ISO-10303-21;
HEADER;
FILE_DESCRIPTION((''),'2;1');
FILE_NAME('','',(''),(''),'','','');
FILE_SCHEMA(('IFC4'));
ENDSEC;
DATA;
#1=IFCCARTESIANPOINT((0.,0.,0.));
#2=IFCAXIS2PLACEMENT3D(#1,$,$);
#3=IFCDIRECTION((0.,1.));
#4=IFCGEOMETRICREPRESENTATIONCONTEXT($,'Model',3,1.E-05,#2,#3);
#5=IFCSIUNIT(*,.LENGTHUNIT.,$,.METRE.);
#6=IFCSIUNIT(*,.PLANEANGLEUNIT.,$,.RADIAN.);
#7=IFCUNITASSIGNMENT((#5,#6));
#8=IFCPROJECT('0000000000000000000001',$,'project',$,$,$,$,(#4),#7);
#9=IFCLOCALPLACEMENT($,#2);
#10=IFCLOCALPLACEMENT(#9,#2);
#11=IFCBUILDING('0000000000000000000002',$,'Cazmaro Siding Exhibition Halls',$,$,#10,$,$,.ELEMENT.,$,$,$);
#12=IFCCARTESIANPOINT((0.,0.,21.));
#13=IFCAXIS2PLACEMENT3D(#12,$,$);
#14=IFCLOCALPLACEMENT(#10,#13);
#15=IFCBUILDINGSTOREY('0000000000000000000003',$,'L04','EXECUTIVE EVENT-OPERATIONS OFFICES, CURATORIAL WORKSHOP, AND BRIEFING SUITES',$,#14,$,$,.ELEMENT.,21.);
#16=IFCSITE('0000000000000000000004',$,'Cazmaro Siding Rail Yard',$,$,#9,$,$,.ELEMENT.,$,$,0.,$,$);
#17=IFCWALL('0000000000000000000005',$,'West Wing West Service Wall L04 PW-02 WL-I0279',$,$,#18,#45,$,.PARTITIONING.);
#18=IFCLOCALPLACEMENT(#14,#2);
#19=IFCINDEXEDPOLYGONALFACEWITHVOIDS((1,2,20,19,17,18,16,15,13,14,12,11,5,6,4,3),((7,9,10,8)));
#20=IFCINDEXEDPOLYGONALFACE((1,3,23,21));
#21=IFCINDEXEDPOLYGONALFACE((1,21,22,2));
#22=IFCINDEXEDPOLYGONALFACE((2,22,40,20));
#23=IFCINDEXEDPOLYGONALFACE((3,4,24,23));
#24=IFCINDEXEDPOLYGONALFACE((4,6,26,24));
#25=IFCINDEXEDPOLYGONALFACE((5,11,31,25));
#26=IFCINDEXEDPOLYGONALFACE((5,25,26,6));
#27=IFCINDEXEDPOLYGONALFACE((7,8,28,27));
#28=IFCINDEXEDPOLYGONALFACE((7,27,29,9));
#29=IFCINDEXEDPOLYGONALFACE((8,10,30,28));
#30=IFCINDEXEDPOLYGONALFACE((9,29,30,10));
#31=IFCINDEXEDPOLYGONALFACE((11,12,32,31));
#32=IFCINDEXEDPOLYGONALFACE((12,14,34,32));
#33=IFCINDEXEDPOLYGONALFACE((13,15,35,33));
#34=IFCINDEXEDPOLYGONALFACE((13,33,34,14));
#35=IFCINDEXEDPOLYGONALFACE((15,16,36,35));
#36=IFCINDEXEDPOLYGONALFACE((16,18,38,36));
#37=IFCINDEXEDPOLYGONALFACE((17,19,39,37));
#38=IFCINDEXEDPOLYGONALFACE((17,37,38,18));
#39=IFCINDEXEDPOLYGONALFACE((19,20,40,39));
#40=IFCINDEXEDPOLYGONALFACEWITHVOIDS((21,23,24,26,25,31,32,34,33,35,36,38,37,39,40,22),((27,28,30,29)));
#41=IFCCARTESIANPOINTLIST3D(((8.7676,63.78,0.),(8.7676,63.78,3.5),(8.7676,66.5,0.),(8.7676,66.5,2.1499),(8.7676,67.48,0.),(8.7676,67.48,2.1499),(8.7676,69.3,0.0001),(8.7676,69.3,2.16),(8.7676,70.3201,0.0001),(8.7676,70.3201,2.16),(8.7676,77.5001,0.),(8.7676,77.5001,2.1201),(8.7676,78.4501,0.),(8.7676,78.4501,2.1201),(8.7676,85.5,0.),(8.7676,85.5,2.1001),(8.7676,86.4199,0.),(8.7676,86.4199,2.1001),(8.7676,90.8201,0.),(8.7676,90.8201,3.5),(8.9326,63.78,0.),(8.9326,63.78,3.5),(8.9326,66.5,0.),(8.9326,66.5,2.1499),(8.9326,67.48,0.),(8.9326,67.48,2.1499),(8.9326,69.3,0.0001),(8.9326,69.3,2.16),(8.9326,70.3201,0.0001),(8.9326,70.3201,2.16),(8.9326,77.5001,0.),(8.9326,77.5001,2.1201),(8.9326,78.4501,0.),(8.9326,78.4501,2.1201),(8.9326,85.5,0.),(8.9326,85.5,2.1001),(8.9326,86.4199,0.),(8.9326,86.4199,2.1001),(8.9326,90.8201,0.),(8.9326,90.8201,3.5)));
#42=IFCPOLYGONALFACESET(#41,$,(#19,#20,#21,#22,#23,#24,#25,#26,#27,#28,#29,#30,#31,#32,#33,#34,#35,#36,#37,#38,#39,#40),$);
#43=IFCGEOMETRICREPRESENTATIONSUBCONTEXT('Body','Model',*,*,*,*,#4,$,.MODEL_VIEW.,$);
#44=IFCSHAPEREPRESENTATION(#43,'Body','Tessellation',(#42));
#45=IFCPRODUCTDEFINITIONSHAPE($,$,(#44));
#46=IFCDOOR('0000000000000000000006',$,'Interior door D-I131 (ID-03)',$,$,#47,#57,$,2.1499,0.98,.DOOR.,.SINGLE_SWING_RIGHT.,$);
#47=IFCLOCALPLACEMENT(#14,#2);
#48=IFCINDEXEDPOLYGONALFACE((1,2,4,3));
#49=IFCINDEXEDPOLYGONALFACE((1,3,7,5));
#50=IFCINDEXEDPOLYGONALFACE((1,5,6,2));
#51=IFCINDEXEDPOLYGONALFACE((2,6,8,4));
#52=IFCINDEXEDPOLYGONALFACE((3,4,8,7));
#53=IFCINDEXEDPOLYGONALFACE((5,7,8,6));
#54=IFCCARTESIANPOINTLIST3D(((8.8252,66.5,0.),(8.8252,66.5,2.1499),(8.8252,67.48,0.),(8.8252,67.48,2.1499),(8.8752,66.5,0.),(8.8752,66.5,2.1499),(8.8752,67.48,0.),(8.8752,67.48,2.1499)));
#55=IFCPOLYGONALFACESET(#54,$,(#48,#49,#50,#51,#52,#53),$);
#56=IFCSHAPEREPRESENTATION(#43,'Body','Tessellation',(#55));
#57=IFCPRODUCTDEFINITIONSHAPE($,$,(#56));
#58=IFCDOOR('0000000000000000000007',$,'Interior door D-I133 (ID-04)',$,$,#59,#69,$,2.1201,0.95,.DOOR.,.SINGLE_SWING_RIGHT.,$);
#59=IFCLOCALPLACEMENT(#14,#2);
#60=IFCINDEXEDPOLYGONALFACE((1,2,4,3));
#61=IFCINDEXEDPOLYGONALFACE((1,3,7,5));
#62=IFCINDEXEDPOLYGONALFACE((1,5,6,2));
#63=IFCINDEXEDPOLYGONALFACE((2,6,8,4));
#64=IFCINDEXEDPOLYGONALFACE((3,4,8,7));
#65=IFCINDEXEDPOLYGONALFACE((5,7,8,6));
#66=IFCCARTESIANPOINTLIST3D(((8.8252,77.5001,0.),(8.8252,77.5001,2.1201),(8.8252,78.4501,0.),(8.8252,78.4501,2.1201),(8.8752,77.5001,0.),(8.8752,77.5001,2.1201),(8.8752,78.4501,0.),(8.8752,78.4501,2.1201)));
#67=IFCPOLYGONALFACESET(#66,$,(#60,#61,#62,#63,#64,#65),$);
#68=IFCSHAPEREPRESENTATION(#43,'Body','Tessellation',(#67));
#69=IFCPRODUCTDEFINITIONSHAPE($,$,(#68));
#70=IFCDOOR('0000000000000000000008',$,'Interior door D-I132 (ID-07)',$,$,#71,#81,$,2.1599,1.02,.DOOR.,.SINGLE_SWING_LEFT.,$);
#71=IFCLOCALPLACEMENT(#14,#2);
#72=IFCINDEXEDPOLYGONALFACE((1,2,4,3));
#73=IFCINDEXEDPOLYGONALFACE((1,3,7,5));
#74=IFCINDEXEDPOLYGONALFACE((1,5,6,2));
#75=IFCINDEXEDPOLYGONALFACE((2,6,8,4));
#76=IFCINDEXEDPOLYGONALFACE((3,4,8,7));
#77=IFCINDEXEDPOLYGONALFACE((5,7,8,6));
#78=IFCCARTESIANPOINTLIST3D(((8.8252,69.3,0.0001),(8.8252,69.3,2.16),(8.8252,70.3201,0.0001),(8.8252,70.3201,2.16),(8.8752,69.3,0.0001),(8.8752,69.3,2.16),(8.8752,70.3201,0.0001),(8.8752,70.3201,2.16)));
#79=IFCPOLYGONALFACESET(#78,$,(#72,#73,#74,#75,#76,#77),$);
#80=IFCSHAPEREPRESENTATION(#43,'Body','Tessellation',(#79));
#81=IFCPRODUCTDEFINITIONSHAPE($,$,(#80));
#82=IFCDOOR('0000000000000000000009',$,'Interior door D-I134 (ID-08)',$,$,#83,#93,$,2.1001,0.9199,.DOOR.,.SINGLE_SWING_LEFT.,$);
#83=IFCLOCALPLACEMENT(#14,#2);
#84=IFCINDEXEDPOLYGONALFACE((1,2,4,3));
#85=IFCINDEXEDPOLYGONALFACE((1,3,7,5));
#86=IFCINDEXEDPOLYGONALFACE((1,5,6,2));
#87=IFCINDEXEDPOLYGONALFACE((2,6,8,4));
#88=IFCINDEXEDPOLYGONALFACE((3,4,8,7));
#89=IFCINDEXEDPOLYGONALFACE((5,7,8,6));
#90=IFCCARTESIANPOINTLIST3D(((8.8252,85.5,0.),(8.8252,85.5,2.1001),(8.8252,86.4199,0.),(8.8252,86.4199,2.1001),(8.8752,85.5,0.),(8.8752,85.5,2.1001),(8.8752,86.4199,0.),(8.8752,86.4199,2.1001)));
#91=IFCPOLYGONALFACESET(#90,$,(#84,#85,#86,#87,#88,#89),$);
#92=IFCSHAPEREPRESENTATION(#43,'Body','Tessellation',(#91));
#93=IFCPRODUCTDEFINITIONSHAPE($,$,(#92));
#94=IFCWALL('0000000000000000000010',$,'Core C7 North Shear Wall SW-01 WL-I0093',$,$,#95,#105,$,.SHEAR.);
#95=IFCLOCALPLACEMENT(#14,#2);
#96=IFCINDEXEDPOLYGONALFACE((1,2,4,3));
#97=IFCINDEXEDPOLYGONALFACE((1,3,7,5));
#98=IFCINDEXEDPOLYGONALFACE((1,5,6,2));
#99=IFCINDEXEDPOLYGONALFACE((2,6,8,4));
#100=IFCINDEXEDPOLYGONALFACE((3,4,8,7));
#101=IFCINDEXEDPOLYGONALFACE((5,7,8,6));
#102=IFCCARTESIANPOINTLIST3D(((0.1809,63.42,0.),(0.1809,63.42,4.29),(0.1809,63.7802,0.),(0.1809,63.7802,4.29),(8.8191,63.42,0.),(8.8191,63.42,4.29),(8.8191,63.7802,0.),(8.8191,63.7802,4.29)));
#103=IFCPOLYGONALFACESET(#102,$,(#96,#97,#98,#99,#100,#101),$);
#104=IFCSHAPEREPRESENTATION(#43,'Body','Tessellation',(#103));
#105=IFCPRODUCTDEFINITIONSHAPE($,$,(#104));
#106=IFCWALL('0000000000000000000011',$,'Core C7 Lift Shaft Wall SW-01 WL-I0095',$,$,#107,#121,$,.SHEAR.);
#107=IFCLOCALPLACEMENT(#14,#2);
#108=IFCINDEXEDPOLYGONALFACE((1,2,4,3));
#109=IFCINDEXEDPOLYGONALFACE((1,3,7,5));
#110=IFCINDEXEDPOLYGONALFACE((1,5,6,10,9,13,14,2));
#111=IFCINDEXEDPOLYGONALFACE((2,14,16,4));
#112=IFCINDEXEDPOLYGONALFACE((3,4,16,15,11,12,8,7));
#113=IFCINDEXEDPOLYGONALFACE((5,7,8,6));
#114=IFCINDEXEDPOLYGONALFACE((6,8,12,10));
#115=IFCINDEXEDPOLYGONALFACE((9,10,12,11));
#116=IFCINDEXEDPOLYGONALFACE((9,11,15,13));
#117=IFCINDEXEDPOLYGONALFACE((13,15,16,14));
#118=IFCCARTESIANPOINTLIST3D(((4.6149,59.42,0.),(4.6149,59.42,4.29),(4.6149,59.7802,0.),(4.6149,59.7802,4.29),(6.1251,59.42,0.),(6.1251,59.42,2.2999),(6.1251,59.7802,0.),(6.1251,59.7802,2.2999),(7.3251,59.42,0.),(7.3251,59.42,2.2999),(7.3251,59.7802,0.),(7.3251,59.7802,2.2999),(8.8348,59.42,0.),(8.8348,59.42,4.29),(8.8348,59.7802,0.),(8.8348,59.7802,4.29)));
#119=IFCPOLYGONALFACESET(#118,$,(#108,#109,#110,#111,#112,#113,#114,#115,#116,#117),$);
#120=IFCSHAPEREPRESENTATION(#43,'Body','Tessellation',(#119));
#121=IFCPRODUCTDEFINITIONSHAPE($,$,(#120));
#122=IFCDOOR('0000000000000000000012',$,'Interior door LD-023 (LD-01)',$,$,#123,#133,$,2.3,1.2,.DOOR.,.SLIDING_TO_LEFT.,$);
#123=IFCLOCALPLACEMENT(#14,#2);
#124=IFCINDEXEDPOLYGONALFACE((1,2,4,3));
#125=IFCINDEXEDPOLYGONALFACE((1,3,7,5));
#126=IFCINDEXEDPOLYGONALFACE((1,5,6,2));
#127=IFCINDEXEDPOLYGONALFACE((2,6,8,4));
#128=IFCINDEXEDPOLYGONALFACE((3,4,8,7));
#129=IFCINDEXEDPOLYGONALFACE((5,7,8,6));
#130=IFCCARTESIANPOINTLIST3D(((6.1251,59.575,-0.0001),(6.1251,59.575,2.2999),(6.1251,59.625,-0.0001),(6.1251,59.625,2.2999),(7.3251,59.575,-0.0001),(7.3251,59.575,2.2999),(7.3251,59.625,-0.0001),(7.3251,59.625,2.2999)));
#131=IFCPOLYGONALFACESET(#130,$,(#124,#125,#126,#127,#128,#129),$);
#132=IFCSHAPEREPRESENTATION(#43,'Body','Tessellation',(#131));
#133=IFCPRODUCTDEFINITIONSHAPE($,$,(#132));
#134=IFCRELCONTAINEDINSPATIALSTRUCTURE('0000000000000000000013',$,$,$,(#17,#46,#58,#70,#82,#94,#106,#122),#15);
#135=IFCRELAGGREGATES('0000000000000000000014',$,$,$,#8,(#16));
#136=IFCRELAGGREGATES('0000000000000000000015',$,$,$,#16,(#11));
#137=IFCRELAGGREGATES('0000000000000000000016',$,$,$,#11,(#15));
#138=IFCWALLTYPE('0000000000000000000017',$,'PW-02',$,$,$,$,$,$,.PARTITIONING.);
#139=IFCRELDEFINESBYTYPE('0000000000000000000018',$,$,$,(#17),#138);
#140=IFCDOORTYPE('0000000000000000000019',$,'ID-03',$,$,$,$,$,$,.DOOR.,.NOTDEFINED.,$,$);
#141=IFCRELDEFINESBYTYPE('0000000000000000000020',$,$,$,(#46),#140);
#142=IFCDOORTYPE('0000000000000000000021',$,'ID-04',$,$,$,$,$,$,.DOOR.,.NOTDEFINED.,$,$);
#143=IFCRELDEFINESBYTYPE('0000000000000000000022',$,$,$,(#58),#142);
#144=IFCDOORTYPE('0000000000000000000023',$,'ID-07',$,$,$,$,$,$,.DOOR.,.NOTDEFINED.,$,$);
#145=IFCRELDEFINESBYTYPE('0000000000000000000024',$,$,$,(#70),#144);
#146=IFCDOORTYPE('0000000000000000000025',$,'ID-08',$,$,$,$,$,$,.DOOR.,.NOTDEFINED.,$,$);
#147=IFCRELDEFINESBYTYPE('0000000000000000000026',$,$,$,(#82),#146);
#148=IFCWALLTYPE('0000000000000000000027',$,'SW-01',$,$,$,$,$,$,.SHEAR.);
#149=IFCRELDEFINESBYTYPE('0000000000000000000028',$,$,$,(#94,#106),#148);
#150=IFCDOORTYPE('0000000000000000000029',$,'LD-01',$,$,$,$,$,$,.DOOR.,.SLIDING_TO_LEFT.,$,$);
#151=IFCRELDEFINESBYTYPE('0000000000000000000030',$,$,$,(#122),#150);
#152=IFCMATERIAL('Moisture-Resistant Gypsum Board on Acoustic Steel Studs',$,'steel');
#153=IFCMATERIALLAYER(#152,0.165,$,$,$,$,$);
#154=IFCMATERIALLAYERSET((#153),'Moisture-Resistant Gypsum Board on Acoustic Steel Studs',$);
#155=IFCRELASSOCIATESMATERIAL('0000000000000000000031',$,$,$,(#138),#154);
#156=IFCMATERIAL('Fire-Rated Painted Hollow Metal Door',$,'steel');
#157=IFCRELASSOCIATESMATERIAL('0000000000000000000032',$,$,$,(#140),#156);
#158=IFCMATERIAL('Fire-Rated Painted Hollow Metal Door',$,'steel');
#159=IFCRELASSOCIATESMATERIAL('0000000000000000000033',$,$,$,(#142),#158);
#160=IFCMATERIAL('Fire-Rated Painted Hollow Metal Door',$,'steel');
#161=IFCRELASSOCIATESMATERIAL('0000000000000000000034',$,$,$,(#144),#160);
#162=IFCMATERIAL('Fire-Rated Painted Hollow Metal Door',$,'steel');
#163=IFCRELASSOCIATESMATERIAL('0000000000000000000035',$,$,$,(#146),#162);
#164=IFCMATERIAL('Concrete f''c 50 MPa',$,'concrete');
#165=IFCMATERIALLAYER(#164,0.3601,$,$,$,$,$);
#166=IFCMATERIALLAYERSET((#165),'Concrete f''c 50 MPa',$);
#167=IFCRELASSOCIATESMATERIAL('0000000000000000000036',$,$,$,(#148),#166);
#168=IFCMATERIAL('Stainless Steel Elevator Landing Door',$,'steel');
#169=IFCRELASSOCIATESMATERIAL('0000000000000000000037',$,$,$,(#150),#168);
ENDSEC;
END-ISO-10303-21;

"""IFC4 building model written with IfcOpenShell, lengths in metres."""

from ifc_helpers import new_model, si_unit, direction, frame, frame_2d, origin, place, context, subcontext, project, spatial, rectangle, extrude, material, layer, layer_set, type_object, element, fill, save


model = new_model("IFC4")

# Units and contexts
model_context = context("Model", 3, precision=1e-05, world=origin(), true_north=direction((0.0, 1.0)))
body_context = subcontext(model_context, "Body", "Model", "MODEL_VIEW")
ifc_project = project(units=[si_unit("LENGTHUNIT", "METRE"), si_unit("PLANEANGLEUNIT", "RADIAN")], contexts=[model_context])

# Site, building, storey
site_placement = place(None, origin())
site = spatial("IfcSite", under=ifc_project, at=site_placement, Name="Cazmaro Siding Rail Yard", CompositionType="ELEMENT", RefElevation=0.0)
building_placement = place(site_placement, origin())
building = spatial("IfcBuilding", under=site, at=building_placement, Name="Cazmaro Siding Exhibition Halls", CompositionType="ELEMENT")
storey_placement = place(building_placement, frame((0.0, 0.0, 21.0)))
storey = spatial("IfcBuildingStorey", under=building, at=storey_placement, Name="L04", Description="EXECUTIVE EVENT-OPERATIONS OFFICES, CURATORIAL WORKSHOP, AND BRIEFING SUITES", CompositionType="ELEMENT", Elevation=21.0)

# Wall, openings, doors
ifc_material_1 = material(Name="Moisture-Resistant Gypsum Board on Acoustic Steel Studs", Category="steel")
ifc_layer_1 = layer(ifc_material_1, 0.165)
ifc_layer_set_1 = layer_set([ifc_layer_1], Name="Moisture-Resistant Gypsum Board on Acoustic Steel Studs")
wall_type_1 = type_object("IfcWallType", Name="PW-02", PredefinedType="PARTITIONING", material=ifc_layer_set_1)
wall_1_placement = place(storey_placement, frame((8.8501, 63.78, 0.0), z_axis=(0.0, 0.0, 1.0), x_axis=(0.0, 1.0, 0.0)))
wall_1 = element("IfcWall", 1, at=wall_1_placement, inside=storey, type_object=wall_type_1, Name="West Wing West Service Wall L04 PW-02 WL-I0279", PredefinedType="PARTITIONING", context=body_context, shape_type="SweptSolid", body=[
    extrude(rectangle(XDim=27.04, YDim=0.165, at=frame_2d((13.52, 0.0))), origin(), (0.0, 0.0, 1.0), 3.5),
])
opening_1_placement = place(wall_1_placement, frame((2.72, 0.0, 0.0)))
opening_1 = element("IfcOpeningElement", 2, at=opening_1_placement, cuts=wall_1, PredefinedType="OPENING", context=body_context, shape_type="SweptSolid", body=[
    extrude(rectangle(XDim=0.98, YDim=2.1499, at=frame_2d((0.49, 1.075))), frame((0.0, 0.0925, 0.0), z_axis=(0.0, -1.0, 0.0), x_axis=(1.0, 0.0, 0.0)), (0.0, 0.0, 1.0), 0.1851),
])
opening_2_placement = place(wall_1_placement, frame((5.52, 0.0, 0.0)))
opening_2 = element("IfcOpeningElement", 3, at=opening_2_placement, cuts=wall_1, PredefinedType="OPENING", context=body_context, shape_type="SweptSolid", body=[
    extrude(rectangle(XDim=1.02, YDim=2.1599, at=frame_2d((0.51, 1.0801))), frame((0.0, 0.0925, 0.0), z_axis=(0.0, -1.0, 0.0), x_axis=(1.0, 0.0, 0.0)), (0.0, 0.0, 1.0), 0.1851),
])
opening_3_placement = place(wall_1_placement, frame((13.72, 0.0, 0.0)))
opening_3 = element("IfcOpeningElement", 4, at=opening_3_placement, cuts=wall_1, PredefinedType="OPENING", context=body_context, shape_type="SweptSolid", body=[
    extrude(rectangle(XDim=0.95, YDim=2.1201, at=frame_2d((0.4751, 1.0601))), frame((0.0, 0.0925, 0.0), z_axis=(0.0, -1.0, 0.0), x_axis=(1.0, 0.0, 0.0)), (0.0, 0.0, 1.0), 0.1851),
])
opening_4_placement = place(wall_1_placement, frame((21.72, 0.0, 0.0)))
opening_4 = element("IfcOpeningElement", 5, at=opening_4_placement, cuts=wall_1, PredefinedType="OPENING", context=body_context, shape_type="SweptSolid", body=[
    extrude(rectangle(XDim=0.9199, YDim=2.1001, at=frame_2d((0.46, 1.05))), frame((0.0, 0.0925, 0.0), z_axis=(0.0, -1.0, 0.0), x_axis=(1.0, 0.0, 0.0)), (0.0, 0.0, 1.0), 0.1851),
])
ifc_material_2 = material(Name="Fire-Rated Painted Hollow Metal Door", Category="steel")
door_type_1 = type_object("IfcDoorType", Name="ID-03", OperationType="NOTDEFINED", PredefinedType="DOOR", material=ifc_material_2)
door_1_placement = place(opening_1_placement, origin())
door_1 = element("IfcDoor", 6, at=door_1_placement, inside=storey, type_object=door_type_1, Name="Interior door D-I131 (ID-03)", OperationType="SINGLE_SWING_RIGHT", OverallHeight=2.1499, OverallWidth=0.98, PredefinedType="DOOR", context=body_context, shape_type="SweptSolid", body=[
    extrude(rectangle(XDim=0.98, YDim=2.1499, at=frame_2d((0.49, 1.075))), frame((0.0, 0.0249, 0.0), z_axis=(0.0, -1.0, 0.0), x_axis=(1.0, 0.0, 0.0)), (0.0, 0.0, 1.0), 0.05),
])
fill(opening_1, door_1)
ifc_material_3 = material(Name="Fire-Rated Painted Hollow Metal Door", Category="steel")
door_type_2 = type_object("IfcDoorType", Name="ID-04", OperationType="NOTDEFINED", PredefinedType="DOOR", material=ifc_material_3)
door_2_placement = place(opening_3_placement, origin())
door_2 = element("IfcDoor", 7, at=door_2_placement, inside=storey, type_object=door_type_2, Name="Interior door D-I133 (ID-04)", OperationType="SINGLE_SWING_RIGHT", OverallHeight=2.1201, OverallWidth=0.95, PredefinedType="DOOR", context=body_context, shape_type="SweptSolid", body=[
    extrude(rectangle(XDim=0.95, YDim=2.1201, at=frame_2d((0.4751, 1.0601))), frame((0.0, 0.0249, 0.0), z_axis=(0.0, -1.0, 0.0), x_axis=(1.0, 0.0, 0.0)), (0.0, 0.0, 1.0), 0.05),
])
fill(opening_3, door_2)
ifc_material_4 = material(Name="Fire-Rated Painted Hollow Metal Door", Category="steel")
door_type_3 = type_object("IfcDoorType", Name="ID-07", OperationType="NOTDEFINED", PredefinedType="DOOR", material=ifc_material_4)
door_3_placement = place(opening_2_placement, origin())
door_3 = element("IfcDoor", 8, at=door_3_placement, inside=storey, type_object=door_type_3, Name="Interior door D-I132 (ID-07)", OperationType="SINGLE_SWING_LEFT", OverallHeight=2.1599, OverallWidth=1.02, PredefinedType="DOOR", context=body_context, shape_type="SweptSolid", body=[
    extrude(rectangle(XDim=1.02, YDim=2.1599, at=frame_2d((0.51, 1.0801))), frame((0.0, 0.0249, 0.0), z_axis=(0.0, -1.0, 0.0), x_axis=(1.0, 0.0, 0.0)), (0.0, 0.0, 1.0), 0.05),
])
fill(opening_2, door_3)
ifc_material_5 = material(Name="Fire-Rated Painted Hollow Metal Door", Category="steel")
door_type_4 = type_object("IfcDoorType", Name="ID-08", OperationType="NOTDEFINED", PredefinedType="DOOR", material=ifc_material_5)
door_4_placement = place(opening_4_placement, origin())
door_4 = element("IfcDoor", 9, at=door_4_placement, inside=storey, type_object=door_type_4, Name="Interior door D-I134 (ID-08)", OperationType="SINGLE_SWING_LEFT", OverallHeight=2.1001, OverallWidth=0.9199, PredefinedType="DOOR", context=body_context, shape_type="SweptSolid", body=[
    extrude(rectangle(XDim=0.9199, YDim=2.1001, at=frame_2d((0.46, 1.05))), frame((0.0, 0.0249, 0.0), z_axis=(0.0, -1.0, 0.0), x_axis=(1.0, 0.0, 0.0)), (0.0, 0.0, 1.0), 0.05),
])
fill(opening_4, door_4)

# Wall
ifc_material_6 = material(Name="Concrete f'c 50 MPa", Category="concrete")
ifc_layer_2 = layer(ifc_material_6, 0.3601)
ifc_layer_set_2 = layer_set([ifc_layer_2], Name="Concrete f'c 50 MPa")
wall_type_2 = type_object("IfcWallType", Name="SW-01", PredefinedType="SHEAR", material=ifc_layer_set_2)
wall_2_placement = place(storey_placement, frame((0.1809, 63.6001, 0.0), z_axis=(0.0, 0.0, 1.0), x_axis=(1.0, 0.0, 0.0)))
element("IfcWall", 10, at=wall_2_placement, inside=storey, type_object=wall_type_2, Name="Core C7 North Shear Wall SW-01 WL-I0093", PredefinedType="SHEAR", context=body_context, shape_type="SweptSolid", body=[
    extrude(rectangle(XDim=8.6382, YDim=0.3601, at=frame_2d((4.3191, 0.0))), origin(), (0.0, 0.0, 1.0), 4.29),
])

# Wall, opening, door
wall_3_placement = place(storey_placement, frame((4.615, 59.6001, 0.0), z_axis=(0.0, 0.0, 1.0), x_axis=(1.0, 0.0, 0.0)))
wall_3 = element("IfcWall", 11, at=wall_3_placement, inside=storey, type_object=wall_type_2, Name="Core C7 Lift Shaft Wall SW-01 WL-I0095", PredefinedType="SHEAR", context=body_context, shape_type="SweptSolid", body=[
    extrude(rectangle(XDim=4.22, YDim=0.3601, at=frame_2d((2.1099, 0.0))), origin(), (0.0, 0.0, 1.0), 4.29),
])
opening_5_placement = place(wall_3_placement, frame((1.51, 0.0, 0.0)))
opening_5 = element("IfcOpeningElement", 12, at=opening_5_placement, cuts=wall_3, PredefinedType="OPENING", context=body_context, shape_type="SweptSolid", body=[
    extrude(rectangle(XDim=1.2, YDim=2.3, at=frame_2d((0.6001, 1.1499))), frame((0.0, 0.1899, 0.0), z_axis=(0.0, -1.0, 0.0), x_axis=(1.0, 0.0, 0.0)), (0.0, 0.0, 1.0), 0.3801),
])
ifc_material_7 = material(Name="Stainless Steel Elevator Landing Door", Category="steel")
door_type_5 = type_object("IfcDoorType", Name="LD-01", OperationType="SLIDING_TO_LEFT", PredefinedType="DOOR", material=ifc_material_7)
door_5_placement = place(opening_5_placement, origin())
door_5 = element("IfcDoor", 13, at=door_5_placement, inside=storey, type_object=door_type_5, Name="Interior door LD-023 (LD-01)", OperationType="SLIDING_TO_LEFT", OverallHeight=2.3, OverallWidth=1.2, PredefinedType="DOOR", context=body_context, shape_type="SweptSolid", body=[
    extrude(rectangle(XDim=1.2, YDim=2.3, at=frame_2d((0.6001, 1.1499))), frame((0.0, 0.0249, 0.0), z_axis=(0.0, -1.0, 0.0), x_axis=(1.0, 0.0, 0.0)), (0.0, 0.0, 1.0), 0.05),
])
fill(opening_5, door_5)

save(model, "model.ifc")
